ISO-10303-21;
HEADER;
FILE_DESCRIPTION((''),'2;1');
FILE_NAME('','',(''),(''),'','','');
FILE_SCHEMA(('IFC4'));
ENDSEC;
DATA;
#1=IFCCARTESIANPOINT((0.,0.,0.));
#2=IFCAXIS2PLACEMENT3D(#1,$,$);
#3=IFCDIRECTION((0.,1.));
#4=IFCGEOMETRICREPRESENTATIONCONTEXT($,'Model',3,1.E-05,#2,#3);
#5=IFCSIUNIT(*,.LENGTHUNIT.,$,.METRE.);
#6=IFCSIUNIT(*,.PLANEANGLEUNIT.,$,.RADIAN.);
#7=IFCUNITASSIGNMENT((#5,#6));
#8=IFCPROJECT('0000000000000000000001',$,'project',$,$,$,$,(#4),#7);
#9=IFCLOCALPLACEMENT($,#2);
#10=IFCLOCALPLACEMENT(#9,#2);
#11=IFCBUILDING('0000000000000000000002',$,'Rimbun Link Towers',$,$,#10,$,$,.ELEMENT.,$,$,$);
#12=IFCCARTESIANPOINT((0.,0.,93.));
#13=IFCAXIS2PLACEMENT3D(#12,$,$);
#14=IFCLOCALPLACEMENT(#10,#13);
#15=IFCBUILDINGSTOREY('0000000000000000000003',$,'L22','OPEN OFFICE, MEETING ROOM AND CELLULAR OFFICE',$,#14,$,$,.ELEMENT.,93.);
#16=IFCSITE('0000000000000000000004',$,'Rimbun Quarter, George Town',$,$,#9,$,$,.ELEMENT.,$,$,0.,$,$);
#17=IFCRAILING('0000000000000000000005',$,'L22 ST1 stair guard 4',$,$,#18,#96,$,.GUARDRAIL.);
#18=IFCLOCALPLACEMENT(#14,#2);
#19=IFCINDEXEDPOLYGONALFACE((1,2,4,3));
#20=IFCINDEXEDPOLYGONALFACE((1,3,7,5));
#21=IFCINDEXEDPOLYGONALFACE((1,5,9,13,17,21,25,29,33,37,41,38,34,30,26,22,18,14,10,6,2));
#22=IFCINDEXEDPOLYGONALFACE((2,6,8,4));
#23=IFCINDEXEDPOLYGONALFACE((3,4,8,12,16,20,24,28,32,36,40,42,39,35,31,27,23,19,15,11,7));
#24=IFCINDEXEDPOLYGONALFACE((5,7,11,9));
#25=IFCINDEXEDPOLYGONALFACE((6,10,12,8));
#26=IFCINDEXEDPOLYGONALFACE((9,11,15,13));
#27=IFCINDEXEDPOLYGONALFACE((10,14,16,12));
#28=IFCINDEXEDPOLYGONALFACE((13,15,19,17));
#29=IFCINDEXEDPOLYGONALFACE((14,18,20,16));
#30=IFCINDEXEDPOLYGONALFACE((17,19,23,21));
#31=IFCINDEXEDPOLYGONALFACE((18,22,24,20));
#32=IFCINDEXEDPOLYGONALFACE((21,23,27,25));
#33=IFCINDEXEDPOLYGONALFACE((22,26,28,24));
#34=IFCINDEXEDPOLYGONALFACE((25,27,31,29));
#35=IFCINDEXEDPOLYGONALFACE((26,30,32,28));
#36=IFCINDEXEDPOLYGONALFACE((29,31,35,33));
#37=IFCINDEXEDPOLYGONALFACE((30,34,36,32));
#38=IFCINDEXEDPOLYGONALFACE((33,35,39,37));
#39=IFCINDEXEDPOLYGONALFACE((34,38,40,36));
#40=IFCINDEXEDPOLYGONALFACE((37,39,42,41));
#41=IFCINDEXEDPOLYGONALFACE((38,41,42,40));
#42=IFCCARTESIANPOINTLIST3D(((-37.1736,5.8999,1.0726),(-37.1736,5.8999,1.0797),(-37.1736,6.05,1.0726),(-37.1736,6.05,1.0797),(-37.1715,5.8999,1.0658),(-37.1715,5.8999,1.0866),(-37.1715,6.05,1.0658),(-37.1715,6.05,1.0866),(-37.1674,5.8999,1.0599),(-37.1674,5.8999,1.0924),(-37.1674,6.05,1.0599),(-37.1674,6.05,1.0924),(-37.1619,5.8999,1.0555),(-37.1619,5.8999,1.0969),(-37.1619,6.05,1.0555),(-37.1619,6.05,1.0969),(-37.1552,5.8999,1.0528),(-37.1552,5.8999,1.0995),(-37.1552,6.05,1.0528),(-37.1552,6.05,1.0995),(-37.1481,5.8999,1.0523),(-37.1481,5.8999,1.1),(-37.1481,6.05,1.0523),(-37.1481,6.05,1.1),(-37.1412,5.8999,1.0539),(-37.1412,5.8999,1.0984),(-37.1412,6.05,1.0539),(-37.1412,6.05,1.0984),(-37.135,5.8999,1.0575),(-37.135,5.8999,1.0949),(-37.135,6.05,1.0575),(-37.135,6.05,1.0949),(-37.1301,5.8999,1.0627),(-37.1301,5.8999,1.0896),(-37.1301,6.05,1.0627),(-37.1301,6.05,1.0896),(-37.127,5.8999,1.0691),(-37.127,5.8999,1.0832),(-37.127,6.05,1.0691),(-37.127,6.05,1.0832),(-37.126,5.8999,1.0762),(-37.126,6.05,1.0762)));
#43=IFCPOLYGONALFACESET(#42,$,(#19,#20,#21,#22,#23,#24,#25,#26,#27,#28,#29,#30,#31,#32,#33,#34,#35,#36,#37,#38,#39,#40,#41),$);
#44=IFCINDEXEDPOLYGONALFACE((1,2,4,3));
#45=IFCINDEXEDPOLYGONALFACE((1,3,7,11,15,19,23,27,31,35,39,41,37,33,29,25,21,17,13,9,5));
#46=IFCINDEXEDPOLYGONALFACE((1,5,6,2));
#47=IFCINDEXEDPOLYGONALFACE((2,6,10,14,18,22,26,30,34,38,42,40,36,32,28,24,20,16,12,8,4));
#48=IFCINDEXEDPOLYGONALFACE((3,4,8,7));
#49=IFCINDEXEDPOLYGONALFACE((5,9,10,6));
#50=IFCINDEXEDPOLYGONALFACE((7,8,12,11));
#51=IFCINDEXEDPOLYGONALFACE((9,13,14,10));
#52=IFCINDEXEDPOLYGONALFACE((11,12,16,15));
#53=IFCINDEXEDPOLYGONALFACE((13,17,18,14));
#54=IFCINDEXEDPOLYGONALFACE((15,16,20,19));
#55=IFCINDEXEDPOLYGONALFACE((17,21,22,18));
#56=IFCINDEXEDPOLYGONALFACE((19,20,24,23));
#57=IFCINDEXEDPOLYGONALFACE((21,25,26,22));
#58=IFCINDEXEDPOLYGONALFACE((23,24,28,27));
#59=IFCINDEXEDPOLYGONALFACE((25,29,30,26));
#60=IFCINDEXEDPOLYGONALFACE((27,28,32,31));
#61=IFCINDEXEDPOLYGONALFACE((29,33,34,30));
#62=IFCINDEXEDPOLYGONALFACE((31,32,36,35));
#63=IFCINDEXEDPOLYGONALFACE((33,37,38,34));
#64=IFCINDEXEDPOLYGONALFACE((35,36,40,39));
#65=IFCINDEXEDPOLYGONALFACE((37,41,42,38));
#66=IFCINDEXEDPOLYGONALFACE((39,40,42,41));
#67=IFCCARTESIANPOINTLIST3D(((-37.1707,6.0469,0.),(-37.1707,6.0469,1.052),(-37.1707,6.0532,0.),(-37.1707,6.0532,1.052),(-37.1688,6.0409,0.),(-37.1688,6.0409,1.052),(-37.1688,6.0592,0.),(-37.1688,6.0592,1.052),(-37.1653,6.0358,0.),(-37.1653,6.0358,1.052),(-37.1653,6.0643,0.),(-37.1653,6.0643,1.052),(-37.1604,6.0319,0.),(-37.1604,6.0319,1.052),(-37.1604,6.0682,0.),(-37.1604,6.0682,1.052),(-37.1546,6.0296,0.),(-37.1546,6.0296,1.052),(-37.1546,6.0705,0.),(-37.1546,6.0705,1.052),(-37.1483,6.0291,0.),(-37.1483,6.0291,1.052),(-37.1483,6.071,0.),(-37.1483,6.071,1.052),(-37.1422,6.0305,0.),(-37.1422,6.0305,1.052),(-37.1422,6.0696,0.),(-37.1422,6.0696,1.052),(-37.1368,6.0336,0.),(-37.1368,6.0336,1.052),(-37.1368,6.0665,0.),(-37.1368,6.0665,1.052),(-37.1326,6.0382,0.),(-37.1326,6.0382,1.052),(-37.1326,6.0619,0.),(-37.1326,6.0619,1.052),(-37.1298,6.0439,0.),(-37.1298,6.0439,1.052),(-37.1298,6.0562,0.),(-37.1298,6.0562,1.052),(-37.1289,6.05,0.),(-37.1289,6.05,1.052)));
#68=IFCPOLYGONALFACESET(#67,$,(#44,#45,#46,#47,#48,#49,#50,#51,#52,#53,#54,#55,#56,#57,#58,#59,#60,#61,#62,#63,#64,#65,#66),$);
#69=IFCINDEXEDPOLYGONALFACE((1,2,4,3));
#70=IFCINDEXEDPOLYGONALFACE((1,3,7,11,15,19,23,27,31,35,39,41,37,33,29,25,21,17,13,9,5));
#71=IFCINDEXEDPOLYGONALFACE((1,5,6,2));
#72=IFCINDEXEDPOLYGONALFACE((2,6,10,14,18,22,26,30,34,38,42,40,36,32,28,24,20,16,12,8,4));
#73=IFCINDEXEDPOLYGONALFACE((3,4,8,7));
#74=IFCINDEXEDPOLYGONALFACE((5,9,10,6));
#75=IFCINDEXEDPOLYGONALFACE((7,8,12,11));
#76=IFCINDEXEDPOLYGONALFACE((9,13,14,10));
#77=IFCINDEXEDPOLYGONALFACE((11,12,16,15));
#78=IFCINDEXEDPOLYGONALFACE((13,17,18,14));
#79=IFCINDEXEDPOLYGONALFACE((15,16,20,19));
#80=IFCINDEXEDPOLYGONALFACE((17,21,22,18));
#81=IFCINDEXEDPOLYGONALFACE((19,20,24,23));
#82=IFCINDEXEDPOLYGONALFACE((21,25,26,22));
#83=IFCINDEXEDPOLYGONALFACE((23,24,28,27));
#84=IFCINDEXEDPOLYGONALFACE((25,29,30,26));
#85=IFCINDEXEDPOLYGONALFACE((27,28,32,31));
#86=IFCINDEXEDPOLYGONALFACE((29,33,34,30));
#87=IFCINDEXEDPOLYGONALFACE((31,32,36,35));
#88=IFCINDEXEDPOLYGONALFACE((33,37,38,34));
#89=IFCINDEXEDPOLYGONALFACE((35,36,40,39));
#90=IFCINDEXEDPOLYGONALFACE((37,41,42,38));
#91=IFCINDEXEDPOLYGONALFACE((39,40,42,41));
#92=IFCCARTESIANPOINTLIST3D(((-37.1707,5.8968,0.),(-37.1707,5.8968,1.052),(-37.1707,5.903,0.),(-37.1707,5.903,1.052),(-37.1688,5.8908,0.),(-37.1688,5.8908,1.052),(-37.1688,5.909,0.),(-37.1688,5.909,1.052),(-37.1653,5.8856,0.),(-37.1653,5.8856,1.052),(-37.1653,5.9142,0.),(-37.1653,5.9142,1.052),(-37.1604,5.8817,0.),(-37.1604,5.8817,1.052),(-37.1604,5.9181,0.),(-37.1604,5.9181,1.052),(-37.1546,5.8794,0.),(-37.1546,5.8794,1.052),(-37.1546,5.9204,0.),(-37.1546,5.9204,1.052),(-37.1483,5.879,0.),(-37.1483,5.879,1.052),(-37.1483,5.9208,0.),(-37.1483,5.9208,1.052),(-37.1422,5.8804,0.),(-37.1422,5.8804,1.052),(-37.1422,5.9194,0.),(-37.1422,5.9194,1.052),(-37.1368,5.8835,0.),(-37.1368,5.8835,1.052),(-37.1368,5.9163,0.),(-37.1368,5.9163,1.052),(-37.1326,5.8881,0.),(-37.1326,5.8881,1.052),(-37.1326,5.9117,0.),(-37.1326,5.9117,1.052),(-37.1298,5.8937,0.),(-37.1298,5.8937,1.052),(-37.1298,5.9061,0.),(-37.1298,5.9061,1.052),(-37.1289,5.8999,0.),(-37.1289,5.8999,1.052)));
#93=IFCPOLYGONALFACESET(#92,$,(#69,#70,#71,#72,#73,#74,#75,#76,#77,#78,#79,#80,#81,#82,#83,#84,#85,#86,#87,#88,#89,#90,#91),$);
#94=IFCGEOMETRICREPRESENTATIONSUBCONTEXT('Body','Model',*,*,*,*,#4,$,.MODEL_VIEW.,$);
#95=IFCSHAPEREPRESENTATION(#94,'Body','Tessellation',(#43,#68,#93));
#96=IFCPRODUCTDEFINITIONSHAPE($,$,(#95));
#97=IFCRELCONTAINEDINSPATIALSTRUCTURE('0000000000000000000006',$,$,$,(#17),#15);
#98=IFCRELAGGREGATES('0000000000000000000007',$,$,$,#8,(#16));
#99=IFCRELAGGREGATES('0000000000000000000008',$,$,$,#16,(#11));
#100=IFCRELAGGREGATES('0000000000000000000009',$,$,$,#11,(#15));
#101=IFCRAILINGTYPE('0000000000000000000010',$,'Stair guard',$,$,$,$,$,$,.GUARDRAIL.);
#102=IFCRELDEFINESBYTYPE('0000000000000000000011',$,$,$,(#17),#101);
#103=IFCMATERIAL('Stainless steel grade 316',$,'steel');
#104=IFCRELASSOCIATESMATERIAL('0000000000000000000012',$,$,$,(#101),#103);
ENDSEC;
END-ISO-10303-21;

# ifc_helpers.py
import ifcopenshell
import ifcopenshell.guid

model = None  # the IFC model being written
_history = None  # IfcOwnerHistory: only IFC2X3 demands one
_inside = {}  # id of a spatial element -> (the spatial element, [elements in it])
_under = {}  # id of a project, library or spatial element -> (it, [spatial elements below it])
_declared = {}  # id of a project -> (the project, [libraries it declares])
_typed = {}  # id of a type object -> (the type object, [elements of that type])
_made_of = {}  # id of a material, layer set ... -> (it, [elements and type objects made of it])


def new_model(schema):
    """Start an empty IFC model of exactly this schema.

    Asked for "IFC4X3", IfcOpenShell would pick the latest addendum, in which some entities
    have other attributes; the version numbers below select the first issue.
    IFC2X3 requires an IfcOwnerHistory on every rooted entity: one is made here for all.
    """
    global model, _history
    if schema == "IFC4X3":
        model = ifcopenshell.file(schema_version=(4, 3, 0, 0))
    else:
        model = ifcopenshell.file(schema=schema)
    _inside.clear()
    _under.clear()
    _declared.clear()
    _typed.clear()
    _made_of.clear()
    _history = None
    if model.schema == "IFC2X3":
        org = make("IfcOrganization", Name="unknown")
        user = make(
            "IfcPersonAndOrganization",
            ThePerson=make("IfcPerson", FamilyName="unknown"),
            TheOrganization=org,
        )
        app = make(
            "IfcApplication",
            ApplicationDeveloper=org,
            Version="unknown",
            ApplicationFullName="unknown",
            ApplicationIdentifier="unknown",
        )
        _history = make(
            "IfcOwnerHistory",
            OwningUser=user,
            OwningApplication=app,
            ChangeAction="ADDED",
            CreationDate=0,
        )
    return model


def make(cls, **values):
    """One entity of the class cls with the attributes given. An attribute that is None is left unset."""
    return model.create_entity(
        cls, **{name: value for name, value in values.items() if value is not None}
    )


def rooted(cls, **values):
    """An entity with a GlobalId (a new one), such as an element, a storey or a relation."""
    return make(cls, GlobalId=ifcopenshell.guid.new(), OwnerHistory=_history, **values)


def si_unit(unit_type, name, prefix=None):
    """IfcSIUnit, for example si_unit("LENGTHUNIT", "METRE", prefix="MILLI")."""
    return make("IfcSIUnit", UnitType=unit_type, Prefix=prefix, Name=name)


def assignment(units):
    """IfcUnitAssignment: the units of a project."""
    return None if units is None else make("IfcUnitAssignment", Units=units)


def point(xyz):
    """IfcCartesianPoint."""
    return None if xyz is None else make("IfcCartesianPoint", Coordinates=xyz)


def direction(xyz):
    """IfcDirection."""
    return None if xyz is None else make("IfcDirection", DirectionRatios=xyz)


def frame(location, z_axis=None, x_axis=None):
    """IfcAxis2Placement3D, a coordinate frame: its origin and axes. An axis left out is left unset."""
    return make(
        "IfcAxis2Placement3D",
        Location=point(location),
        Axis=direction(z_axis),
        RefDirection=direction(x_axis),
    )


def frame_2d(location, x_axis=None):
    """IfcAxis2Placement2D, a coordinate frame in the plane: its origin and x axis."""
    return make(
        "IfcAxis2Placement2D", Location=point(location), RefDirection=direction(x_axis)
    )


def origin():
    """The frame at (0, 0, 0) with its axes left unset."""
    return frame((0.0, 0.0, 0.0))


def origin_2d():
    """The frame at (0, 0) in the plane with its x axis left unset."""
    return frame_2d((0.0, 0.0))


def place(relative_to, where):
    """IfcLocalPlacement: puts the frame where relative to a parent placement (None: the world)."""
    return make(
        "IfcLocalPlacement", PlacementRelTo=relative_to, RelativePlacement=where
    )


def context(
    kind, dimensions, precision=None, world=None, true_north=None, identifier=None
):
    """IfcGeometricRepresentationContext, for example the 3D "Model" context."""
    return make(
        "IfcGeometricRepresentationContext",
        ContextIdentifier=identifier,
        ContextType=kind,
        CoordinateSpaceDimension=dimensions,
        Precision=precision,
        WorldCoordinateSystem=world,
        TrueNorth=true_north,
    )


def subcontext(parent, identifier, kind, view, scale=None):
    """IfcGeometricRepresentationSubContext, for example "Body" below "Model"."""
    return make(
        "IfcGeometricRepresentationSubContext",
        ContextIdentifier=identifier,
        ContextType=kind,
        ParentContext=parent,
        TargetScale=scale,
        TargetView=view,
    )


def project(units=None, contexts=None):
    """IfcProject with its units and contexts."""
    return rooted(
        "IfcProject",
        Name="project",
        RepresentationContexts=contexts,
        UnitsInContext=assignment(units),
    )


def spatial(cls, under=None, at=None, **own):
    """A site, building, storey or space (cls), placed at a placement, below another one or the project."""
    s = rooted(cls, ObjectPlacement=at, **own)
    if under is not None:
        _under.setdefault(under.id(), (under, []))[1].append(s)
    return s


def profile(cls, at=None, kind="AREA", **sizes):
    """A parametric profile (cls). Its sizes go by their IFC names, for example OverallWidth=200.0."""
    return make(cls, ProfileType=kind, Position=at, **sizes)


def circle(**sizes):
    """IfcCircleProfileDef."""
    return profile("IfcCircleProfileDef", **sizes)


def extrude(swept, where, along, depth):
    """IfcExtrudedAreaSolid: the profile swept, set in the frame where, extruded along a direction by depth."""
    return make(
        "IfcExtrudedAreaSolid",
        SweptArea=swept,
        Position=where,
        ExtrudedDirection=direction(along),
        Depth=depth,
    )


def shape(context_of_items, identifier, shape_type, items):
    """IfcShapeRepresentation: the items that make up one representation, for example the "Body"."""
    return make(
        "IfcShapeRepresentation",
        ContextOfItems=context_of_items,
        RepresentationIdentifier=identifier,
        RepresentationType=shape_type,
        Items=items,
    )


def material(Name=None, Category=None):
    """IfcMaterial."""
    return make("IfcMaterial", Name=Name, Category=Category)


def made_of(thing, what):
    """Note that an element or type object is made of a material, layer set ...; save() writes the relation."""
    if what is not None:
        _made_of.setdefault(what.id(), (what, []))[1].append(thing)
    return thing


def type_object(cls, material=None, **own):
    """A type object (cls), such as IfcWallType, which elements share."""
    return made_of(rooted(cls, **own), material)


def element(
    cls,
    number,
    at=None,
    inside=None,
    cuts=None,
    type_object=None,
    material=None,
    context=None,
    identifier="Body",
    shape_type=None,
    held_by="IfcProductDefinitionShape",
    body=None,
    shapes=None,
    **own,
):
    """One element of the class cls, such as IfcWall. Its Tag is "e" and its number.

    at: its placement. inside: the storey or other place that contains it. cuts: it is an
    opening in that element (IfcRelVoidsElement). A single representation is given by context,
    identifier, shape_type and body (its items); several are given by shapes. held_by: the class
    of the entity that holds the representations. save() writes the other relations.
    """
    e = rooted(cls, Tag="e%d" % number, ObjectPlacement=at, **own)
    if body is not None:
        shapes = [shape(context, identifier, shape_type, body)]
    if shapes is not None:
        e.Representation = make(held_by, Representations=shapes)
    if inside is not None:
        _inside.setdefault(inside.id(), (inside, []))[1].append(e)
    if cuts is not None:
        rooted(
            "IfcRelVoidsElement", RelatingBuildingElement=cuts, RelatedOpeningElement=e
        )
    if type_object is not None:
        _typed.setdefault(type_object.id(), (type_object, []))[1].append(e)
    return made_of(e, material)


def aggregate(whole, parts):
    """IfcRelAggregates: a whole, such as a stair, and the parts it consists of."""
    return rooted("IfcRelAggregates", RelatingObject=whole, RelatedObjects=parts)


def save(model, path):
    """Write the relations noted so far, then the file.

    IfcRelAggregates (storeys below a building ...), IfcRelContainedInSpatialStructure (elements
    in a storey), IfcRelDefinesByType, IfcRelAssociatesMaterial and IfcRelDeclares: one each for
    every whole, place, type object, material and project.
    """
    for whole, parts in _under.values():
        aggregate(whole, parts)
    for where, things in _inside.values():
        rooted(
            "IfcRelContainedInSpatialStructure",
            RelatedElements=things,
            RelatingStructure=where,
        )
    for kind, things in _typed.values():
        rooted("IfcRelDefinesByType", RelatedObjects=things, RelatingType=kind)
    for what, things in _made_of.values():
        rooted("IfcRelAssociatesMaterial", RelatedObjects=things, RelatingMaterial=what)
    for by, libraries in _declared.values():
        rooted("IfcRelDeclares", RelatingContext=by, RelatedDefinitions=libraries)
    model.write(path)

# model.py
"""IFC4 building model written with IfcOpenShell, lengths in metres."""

from ifc_helpers import new_model, si_unit, direction, frame, origin, origin_2d, place, context, subcontext, project, spatial, circle, extrude, material, type_object, element, save


model = new_model("IFC4")

# Units and contexts
model_context = context("Model", 3, precision=1e-05, world=origin(), true_north=direction((0.0, 1.0)))
body_context = subcontext(model_context, "Body", "Model", "MODEL_VIEW")
ifc_project = project(units=[si_unit("LENGTHUNIT", "METRE"), si_unit("PLANEANGLEUNIT", "RADIAN")], contexts=[model_context])

# Site, building, storey
site_placement = place(None, origin())
site = spatial("IfcSite", under=ifc_project, at=site_placement, Name="Rimbun Quarter, George Town", CompositionType="ELEMENT", RefElevation=0.0)
building_placement = place(site_placement, origin())
building = spatial("IfcBuilding", under=site, at=building_placement, Name="Rimbun Link Towers", CompositionType="ELEMENT")
storey_placement = place(building_placement, frame((0.0, 0.0, 93.0)))
storey = spatial("IfcBuildingStorey", under=building, at=storey_placement, Name="L22", Description="OPEN OFFICE, MEETING ROOM AND CELLULAR OFFICE", CompositionType="ELEMENT", Elevation=93.0)

# Railing
ifc_material_1 = material(Name="Stainless steel grade 316", Category="steel")
railing_type_1 = type_object("IfcRailingType", Name="Stair guard", PredefinedType="GUARDRAIL", material=ifc_material_1)
railing_1_placement = place(storey_placement, frame((-37.1499, 6.05, 0.0)))
element("IfcRailing", 1, at=railing_1_placement, inside=storey, type_object=railing_type_1, Name="L22 ST1 stair guard 4", PredefinedType="GUARDRAIL", context=body_context, shape_type="SweptSolid", body=[
    extrude(circle(Radius=0.0239, at=origin_2d()), frame((0.0, 0.0, 1.0762), z_axis=(0.0, -1.0, 0.0), x_axis=(1.0, 0.0, 0.0)), (0.0, 0.0, 1.0), 0.1501),
    extrude(circle(Radius=0.021, at=origin_2d()), origin(), (0.0, 0.0, 1.0), 1.052),
    extrude(circle(Radius=0.021, at=origin_2d()), frame((0.0, -0.1501, 0.0)), (0.0, 0.0, 1.0), 1.052),
])

save(model, "model.ifc")
